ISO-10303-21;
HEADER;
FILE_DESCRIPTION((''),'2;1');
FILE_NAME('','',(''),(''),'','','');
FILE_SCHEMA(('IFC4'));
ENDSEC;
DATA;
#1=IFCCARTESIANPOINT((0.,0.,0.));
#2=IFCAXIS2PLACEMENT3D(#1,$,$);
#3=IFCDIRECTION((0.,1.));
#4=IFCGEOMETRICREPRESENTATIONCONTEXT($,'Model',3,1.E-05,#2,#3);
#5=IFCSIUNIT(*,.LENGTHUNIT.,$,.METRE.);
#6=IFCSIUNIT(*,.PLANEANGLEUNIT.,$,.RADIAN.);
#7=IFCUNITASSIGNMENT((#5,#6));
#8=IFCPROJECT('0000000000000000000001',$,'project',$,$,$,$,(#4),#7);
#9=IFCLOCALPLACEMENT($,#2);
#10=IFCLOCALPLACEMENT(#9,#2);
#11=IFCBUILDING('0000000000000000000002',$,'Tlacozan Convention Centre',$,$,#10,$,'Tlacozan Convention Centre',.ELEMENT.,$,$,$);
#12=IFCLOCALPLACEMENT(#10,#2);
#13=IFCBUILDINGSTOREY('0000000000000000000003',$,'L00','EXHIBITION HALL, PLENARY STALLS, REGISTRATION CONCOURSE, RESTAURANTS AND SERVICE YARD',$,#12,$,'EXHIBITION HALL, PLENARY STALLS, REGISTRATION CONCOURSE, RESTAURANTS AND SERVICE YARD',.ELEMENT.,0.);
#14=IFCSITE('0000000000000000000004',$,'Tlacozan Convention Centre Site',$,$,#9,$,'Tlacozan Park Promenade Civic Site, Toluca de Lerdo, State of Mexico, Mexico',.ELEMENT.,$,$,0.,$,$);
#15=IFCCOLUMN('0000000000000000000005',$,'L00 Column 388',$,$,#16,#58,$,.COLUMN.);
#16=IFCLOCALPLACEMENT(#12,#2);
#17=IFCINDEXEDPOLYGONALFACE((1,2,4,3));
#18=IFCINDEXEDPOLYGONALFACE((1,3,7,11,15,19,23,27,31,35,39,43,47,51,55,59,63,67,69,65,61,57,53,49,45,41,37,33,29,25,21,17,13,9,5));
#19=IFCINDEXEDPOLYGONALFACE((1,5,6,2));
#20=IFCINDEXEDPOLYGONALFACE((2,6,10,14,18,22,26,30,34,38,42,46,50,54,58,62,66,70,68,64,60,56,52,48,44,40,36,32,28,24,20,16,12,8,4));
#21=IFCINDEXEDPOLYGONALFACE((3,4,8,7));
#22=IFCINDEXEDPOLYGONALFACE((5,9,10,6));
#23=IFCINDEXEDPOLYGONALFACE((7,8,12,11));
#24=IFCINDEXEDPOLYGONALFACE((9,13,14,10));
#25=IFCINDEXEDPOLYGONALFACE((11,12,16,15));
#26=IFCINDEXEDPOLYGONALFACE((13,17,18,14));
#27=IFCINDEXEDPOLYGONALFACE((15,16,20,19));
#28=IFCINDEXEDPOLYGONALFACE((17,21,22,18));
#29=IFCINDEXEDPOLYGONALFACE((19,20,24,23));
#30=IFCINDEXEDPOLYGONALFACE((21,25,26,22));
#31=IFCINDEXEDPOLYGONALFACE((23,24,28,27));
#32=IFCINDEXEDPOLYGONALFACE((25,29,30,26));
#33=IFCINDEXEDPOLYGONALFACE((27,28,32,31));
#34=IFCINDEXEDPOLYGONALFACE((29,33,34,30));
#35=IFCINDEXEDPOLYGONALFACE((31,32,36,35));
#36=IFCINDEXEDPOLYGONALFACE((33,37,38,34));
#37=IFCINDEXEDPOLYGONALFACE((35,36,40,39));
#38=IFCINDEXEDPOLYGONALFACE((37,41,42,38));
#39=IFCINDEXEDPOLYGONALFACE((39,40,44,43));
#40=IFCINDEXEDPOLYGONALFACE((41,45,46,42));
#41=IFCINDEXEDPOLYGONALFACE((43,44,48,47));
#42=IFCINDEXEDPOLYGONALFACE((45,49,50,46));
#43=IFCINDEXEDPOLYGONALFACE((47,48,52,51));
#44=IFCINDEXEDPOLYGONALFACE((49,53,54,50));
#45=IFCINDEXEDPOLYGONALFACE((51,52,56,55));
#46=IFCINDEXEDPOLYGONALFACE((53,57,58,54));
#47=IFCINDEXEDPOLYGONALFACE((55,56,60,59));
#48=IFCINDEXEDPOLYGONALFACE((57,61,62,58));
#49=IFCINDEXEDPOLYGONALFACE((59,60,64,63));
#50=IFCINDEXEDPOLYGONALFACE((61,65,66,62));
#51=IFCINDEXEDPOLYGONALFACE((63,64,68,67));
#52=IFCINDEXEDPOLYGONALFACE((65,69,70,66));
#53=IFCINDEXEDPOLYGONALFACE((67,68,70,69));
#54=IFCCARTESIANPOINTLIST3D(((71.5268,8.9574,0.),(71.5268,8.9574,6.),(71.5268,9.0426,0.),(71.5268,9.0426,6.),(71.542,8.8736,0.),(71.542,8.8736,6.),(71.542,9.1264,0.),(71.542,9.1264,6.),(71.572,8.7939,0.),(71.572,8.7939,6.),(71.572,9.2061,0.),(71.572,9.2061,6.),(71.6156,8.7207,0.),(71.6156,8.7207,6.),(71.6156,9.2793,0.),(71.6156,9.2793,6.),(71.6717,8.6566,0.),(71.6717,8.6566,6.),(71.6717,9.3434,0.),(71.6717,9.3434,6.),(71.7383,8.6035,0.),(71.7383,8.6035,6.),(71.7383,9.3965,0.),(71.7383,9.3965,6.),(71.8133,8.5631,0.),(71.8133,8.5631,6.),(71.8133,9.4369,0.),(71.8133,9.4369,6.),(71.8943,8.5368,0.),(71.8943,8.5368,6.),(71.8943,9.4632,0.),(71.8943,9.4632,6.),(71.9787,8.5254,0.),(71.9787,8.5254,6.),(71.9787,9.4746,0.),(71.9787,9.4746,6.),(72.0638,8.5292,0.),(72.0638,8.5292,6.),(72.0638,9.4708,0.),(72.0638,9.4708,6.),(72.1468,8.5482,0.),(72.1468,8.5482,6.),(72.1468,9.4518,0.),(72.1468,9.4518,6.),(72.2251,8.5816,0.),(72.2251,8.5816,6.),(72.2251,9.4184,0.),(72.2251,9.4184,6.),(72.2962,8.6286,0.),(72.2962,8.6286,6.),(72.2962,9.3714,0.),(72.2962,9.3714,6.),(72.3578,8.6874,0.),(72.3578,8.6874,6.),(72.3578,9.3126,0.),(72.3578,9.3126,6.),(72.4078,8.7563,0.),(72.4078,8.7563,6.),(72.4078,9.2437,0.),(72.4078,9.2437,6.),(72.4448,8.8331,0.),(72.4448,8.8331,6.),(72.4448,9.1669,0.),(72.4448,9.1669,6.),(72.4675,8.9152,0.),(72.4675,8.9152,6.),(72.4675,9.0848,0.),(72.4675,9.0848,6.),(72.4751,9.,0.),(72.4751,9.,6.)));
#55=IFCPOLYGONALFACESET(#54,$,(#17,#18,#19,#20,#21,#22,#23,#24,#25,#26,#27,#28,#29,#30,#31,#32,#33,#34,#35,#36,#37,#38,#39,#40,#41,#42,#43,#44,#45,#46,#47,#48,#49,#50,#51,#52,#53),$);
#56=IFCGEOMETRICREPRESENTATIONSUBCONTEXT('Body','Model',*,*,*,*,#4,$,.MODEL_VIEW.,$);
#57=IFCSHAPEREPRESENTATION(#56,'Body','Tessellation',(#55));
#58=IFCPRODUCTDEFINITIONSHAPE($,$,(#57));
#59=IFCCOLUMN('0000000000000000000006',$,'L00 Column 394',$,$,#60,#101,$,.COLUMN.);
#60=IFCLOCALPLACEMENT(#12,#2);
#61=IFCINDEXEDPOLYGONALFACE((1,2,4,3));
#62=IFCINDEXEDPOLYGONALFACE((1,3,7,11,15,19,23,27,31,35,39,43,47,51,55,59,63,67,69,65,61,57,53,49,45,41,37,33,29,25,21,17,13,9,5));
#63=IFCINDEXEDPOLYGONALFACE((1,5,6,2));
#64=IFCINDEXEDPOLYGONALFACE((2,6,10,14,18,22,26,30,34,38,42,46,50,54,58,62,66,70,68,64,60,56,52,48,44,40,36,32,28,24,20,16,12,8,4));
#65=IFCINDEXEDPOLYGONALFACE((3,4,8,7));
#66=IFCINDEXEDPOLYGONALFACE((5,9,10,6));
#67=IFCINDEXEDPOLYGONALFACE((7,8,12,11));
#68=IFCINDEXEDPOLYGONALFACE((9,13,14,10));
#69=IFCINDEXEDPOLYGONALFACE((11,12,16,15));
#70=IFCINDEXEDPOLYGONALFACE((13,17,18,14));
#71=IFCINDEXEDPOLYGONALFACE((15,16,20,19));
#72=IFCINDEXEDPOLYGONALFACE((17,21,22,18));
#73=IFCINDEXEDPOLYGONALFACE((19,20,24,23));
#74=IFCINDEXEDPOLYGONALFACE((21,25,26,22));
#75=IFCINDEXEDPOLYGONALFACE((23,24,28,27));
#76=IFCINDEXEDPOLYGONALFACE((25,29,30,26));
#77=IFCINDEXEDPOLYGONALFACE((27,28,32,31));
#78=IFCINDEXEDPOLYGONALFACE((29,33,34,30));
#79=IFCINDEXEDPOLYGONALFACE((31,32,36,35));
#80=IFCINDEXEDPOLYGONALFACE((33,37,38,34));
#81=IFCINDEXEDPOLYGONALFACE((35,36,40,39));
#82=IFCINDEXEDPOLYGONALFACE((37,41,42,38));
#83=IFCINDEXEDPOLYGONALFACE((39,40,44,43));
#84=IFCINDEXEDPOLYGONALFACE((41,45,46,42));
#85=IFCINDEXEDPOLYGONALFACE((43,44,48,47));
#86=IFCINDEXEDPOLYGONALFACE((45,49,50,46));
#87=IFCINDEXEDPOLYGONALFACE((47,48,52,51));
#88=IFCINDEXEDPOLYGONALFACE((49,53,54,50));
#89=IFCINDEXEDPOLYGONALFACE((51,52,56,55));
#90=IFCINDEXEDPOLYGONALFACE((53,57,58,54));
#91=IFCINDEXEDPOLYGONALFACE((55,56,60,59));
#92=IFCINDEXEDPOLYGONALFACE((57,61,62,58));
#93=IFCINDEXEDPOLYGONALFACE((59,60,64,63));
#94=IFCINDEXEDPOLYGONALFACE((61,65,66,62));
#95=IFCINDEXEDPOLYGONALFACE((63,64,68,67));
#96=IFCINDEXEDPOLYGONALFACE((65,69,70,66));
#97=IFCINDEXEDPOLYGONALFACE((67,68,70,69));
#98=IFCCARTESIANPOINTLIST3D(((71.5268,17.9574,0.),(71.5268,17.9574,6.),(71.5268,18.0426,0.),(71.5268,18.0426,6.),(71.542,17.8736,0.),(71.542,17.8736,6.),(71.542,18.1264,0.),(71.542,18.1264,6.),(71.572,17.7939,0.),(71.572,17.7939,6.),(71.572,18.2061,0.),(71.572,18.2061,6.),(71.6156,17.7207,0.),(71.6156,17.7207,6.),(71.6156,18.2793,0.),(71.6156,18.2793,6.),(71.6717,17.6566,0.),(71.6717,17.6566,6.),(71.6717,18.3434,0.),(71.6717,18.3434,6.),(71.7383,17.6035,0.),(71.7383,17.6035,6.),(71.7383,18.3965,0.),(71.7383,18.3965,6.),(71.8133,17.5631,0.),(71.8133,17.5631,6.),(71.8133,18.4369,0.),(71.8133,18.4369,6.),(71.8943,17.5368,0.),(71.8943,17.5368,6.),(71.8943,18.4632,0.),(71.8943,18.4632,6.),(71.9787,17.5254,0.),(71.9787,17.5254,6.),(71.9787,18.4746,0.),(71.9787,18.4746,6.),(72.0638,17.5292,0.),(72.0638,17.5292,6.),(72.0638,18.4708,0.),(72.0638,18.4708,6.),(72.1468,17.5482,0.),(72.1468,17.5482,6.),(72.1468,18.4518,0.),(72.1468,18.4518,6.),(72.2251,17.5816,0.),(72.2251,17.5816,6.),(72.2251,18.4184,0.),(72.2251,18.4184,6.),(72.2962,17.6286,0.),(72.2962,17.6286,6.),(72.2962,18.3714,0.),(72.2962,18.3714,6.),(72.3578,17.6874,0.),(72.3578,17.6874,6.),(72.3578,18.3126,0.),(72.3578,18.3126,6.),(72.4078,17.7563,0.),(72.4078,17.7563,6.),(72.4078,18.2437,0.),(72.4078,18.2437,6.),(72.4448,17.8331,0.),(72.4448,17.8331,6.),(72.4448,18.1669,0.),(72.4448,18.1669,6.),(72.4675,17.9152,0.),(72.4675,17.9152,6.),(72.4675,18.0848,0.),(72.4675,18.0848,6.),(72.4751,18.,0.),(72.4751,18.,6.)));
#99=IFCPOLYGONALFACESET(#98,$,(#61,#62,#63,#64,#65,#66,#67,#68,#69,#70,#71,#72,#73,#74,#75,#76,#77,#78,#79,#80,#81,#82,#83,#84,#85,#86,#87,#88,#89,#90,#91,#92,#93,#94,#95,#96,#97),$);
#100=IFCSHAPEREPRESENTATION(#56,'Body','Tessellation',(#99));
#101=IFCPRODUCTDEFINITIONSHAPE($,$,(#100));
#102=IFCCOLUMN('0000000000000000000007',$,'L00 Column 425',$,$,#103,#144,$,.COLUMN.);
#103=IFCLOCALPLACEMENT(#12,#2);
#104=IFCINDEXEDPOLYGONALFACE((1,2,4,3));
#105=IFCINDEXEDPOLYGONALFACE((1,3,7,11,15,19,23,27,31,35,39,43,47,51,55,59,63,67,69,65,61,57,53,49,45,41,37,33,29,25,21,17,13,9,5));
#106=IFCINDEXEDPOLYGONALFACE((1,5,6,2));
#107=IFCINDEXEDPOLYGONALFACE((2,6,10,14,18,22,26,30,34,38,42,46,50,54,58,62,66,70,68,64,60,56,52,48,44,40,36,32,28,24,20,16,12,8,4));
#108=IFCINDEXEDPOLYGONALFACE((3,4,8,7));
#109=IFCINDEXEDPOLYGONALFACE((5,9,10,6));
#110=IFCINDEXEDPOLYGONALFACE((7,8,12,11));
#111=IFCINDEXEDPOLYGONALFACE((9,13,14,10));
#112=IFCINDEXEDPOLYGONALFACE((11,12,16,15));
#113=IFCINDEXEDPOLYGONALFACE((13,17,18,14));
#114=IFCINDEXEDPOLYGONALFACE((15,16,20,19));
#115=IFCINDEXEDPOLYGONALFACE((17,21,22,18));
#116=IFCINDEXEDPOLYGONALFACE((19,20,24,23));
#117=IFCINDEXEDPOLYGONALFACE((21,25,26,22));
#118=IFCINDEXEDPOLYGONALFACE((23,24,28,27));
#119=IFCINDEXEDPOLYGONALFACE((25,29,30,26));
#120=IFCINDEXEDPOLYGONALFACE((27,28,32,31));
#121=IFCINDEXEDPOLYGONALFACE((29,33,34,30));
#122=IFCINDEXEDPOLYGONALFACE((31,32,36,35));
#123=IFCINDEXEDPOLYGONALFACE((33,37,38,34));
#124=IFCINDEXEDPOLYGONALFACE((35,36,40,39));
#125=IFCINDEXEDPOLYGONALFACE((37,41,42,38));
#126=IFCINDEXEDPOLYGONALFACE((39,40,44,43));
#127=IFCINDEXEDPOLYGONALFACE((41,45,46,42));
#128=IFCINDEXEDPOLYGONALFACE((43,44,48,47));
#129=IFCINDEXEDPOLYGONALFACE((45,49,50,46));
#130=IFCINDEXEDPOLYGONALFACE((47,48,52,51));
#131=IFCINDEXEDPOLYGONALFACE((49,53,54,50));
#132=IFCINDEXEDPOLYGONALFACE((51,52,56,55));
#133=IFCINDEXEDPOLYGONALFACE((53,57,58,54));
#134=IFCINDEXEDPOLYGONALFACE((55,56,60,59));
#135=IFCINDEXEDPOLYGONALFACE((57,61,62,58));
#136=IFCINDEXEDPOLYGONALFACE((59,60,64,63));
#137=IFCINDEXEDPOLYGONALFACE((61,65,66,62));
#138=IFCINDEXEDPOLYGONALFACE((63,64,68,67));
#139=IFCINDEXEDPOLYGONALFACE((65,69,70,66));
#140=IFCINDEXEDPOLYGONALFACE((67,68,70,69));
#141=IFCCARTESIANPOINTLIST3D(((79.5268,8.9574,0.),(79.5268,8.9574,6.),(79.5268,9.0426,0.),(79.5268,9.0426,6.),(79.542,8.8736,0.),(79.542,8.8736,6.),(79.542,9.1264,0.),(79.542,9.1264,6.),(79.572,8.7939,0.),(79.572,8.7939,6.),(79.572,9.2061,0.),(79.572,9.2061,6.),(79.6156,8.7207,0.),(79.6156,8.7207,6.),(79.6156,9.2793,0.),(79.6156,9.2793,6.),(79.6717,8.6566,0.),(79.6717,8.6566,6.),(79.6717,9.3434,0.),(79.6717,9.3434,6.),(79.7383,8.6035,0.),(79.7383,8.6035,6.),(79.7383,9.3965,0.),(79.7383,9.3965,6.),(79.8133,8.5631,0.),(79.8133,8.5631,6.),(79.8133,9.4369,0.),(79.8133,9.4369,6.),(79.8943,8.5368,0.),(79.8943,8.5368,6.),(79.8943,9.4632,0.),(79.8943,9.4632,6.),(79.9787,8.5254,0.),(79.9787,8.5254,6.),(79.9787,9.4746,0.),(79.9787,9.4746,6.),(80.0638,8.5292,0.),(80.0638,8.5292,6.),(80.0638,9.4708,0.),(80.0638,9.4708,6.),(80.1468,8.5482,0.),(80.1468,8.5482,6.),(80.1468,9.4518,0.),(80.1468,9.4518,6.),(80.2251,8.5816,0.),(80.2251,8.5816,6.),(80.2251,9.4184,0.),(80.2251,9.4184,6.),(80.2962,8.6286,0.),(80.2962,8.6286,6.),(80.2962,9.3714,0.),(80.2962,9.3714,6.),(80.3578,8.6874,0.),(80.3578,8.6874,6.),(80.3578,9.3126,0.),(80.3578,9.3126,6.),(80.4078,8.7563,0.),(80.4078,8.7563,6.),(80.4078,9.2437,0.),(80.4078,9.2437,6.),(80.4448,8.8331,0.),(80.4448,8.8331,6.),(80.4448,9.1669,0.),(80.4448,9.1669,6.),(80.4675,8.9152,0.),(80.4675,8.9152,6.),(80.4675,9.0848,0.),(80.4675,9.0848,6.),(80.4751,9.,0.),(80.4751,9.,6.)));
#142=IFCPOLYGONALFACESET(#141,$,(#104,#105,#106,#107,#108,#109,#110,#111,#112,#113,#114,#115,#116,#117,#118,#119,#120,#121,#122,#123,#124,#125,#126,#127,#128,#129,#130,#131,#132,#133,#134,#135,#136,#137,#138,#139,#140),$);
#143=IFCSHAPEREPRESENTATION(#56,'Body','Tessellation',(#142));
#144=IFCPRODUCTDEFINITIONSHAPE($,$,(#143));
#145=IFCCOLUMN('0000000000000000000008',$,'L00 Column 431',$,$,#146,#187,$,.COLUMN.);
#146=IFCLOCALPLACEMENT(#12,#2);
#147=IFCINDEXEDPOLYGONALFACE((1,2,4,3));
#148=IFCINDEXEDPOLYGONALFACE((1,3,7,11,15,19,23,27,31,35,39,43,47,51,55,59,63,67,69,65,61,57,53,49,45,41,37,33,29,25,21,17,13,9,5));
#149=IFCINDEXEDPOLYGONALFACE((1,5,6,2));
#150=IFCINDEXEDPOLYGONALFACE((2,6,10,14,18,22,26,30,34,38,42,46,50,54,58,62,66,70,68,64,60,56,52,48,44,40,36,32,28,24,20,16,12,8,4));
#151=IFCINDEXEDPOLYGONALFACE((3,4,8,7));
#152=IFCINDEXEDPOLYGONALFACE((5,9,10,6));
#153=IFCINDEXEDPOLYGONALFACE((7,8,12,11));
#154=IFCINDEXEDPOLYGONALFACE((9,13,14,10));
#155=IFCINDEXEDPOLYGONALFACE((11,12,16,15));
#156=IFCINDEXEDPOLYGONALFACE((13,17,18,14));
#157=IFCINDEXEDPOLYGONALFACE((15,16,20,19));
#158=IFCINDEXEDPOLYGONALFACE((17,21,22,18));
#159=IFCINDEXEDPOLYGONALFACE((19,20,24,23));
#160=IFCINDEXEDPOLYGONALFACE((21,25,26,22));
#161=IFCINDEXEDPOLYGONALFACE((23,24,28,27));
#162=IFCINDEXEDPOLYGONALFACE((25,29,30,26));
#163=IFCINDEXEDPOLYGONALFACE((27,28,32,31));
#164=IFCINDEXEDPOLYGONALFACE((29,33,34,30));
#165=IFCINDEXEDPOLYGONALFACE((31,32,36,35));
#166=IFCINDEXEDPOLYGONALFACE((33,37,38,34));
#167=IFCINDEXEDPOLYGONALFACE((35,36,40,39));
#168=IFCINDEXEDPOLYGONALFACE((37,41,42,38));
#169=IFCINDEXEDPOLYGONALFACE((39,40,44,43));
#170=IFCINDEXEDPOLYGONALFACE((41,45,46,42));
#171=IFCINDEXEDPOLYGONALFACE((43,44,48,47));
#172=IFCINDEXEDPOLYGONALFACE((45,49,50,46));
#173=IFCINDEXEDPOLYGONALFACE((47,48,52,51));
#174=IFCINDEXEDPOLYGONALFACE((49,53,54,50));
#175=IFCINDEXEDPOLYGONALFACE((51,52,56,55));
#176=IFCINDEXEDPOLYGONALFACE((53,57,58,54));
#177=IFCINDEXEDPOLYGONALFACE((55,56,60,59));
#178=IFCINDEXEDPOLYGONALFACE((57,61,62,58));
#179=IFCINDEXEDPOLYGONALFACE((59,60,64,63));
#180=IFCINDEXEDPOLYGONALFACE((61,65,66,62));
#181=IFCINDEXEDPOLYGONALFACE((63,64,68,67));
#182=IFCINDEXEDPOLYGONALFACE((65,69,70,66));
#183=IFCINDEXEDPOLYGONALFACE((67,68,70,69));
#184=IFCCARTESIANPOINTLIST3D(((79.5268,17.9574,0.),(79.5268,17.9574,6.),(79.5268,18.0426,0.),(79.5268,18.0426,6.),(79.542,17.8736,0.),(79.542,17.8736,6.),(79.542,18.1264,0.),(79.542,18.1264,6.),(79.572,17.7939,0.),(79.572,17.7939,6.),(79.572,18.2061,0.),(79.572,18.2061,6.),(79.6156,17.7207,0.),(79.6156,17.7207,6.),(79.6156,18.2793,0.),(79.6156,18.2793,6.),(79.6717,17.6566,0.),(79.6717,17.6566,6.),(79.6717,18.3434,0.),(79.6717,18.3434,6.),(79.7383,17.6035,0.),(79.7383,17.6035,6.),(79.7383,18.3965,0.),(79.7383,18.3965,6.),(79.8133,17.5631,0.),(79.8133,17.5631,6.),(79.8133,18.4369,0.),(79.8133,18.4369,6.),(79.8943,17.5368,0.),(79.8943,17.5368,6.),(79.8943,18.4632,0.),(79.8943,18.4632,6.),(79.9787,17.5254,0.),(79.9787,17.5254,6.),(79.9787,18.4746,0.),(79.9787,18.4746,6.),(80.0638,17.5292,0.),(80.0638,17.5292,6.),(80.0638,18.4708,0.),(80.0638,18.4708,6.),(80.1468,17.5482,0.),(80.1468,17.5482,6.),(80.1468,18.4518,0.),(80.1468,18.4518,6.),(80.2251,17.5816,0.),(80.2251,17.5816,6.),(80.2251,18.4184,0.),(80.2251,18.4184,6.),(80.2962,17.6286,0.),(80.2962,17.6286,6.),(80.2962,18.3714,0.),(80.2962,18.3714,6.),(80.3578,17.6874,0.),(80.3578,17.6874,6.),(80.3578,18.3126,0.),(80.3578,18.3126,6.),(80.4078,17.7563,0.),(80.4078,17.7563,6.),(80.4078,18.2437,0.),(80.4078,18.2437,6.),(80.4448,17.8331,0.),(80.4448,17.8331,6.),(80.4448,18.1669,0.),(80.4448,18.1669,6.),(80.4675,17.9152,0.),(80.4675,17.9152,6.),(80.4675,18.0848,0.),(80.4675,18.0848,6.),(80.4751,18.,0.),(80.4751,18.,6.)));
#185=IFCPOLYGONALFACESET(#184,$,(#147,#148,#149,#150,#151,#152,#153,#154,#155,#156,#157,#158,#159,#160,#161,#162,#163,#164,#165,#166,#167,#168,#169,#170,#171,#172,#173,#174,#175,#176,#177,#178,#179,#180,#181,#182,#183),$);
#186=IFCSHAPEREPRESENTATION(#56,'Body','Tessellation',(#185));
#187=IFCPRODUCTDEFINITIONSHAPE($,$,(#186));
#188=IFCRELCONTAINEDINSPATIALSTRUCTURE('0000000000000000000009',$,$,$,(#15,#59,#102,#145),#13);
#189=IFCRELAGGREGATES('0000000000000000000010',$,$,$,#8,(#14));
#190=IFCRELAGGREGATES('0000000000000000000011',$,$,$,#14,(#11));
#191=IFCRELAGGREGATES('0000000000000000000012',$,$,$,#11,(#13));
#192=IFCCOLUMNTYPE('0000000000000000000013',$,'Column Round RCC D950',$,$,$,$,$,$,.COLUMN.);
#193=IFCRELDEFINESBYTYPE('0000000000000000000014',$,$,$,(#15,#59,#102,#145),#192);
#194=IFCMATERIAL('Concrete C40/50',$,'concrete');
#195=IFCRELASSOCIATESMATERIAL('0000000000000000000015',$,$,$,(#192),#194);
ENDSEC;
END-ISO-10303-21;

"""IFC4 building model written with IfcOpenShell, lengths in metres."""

from ifc_helpers import new_model, si_unit, direction, frame, origin, origin_2d, place, context, subcontext, project, spatial, circle, extrude, material, material_profile, profile_set, type_object, element, save


model = new_model("IFC4")

# Units and contexts
model_context = context("Model", 3, precision=1e-05, world=origin(), true_north=direction((0.0, 1.0)))
body_context = subcontext(model_context, "Body", "Model", "MODEL_VIEW")
ifc_project = project(units=[si_unit("LENGTHUNIT", "METRE"), si_unit("PLANEANGLEUNIT", "RADIAN")], contexts=[model_context])

# Site, building, storey
site_placement = place(None, origin())
site = spatial("IfcSite", under=ifc_project, at=site_placement, Name="Tlacozan Convention Centre Site", LongName="Tlacozan Park Promenade Civic Site, Toluca de Lerdo, State of Mexico, Mexico", CompositionType="ELEMENT", RefElevation=0.0)
building_placement = place(site_placement, origin())
building = spatial("IfcBuilding", under=site, at=building_placement, Name="Tlacozan Convention Centre", LongName="Tlacozan Convention Centre", CompositionType="ELEMENT")
storey_placement = place(building_placement, origin())
storey = spatial("IfcBuildingStorey", under=building, at=storey_placement, Name="L00", Description="EXHIBITION HALL, PLENARY STALLS, REGISTRATION CONCOURSE, RESTAURANTS AND SERVICE YARD", LongName="EXHIBITION HALL, PLENARY STALLS, REGISTRATION CONCOURSE, RESTAURANTS AND SERVICE YARD", CompositionType="ELEMENT", Elevation=0.0)

# Columns
ifc_material_1 = material(Name="Concrete C40/50", Category="concrete")
ifc_material_profile_1 = material_profile(ifc_material_1, circle(Radius=0.4751, at=origin_2d()), Name="RCC D950")
ifc_profile_set_1 = profile_set([ifc_material_profile_1], Name="Concrete C40/50")
column_type = type_object("IfcColumnType", Name="Column Round RCC D950", PredefinedType="COLUMN", material=ifc_profile_set_1)
for number, where, z_axis, x_axis, name in (
    (1, (72.0, 9.0, 0.0), (0.0, 0.0, 1.0), (1.0, 0.0, 0.0), "L00 Column 388"),
    (2, (72.0, 18.0, 0.0), (0.0, 0.0, 1.0), (1.0, 0.0, 0.0), "L00 Column 394"),
    (3, (80.0, 9.0, 0.0), (0.0, 0.0, 1.0), (1.0, 0.0, 0.0), "L00 Column 425"),
    (4, (80.0, 18.0, 0.0), (0.0, 0.0, 1.0), (1.0, 0.0, 0.0), "L00 Column 431"),
):
    element("IfcColumn", number, at=place(storey_placement, frame(where, z_axis=z_axis, x_axis=x_axis)), inside=storey, type_object=column_type, Name=name, PredefinedType="COLUMN", context=body_context, shape_type="SweptSolid", body=[
        extrude(circle(Radius=0.4751, at=origin_2d()), origin(), (0.0, 0.0, 1.0), 6.0),
    ])

save(model, "model.ifc")
